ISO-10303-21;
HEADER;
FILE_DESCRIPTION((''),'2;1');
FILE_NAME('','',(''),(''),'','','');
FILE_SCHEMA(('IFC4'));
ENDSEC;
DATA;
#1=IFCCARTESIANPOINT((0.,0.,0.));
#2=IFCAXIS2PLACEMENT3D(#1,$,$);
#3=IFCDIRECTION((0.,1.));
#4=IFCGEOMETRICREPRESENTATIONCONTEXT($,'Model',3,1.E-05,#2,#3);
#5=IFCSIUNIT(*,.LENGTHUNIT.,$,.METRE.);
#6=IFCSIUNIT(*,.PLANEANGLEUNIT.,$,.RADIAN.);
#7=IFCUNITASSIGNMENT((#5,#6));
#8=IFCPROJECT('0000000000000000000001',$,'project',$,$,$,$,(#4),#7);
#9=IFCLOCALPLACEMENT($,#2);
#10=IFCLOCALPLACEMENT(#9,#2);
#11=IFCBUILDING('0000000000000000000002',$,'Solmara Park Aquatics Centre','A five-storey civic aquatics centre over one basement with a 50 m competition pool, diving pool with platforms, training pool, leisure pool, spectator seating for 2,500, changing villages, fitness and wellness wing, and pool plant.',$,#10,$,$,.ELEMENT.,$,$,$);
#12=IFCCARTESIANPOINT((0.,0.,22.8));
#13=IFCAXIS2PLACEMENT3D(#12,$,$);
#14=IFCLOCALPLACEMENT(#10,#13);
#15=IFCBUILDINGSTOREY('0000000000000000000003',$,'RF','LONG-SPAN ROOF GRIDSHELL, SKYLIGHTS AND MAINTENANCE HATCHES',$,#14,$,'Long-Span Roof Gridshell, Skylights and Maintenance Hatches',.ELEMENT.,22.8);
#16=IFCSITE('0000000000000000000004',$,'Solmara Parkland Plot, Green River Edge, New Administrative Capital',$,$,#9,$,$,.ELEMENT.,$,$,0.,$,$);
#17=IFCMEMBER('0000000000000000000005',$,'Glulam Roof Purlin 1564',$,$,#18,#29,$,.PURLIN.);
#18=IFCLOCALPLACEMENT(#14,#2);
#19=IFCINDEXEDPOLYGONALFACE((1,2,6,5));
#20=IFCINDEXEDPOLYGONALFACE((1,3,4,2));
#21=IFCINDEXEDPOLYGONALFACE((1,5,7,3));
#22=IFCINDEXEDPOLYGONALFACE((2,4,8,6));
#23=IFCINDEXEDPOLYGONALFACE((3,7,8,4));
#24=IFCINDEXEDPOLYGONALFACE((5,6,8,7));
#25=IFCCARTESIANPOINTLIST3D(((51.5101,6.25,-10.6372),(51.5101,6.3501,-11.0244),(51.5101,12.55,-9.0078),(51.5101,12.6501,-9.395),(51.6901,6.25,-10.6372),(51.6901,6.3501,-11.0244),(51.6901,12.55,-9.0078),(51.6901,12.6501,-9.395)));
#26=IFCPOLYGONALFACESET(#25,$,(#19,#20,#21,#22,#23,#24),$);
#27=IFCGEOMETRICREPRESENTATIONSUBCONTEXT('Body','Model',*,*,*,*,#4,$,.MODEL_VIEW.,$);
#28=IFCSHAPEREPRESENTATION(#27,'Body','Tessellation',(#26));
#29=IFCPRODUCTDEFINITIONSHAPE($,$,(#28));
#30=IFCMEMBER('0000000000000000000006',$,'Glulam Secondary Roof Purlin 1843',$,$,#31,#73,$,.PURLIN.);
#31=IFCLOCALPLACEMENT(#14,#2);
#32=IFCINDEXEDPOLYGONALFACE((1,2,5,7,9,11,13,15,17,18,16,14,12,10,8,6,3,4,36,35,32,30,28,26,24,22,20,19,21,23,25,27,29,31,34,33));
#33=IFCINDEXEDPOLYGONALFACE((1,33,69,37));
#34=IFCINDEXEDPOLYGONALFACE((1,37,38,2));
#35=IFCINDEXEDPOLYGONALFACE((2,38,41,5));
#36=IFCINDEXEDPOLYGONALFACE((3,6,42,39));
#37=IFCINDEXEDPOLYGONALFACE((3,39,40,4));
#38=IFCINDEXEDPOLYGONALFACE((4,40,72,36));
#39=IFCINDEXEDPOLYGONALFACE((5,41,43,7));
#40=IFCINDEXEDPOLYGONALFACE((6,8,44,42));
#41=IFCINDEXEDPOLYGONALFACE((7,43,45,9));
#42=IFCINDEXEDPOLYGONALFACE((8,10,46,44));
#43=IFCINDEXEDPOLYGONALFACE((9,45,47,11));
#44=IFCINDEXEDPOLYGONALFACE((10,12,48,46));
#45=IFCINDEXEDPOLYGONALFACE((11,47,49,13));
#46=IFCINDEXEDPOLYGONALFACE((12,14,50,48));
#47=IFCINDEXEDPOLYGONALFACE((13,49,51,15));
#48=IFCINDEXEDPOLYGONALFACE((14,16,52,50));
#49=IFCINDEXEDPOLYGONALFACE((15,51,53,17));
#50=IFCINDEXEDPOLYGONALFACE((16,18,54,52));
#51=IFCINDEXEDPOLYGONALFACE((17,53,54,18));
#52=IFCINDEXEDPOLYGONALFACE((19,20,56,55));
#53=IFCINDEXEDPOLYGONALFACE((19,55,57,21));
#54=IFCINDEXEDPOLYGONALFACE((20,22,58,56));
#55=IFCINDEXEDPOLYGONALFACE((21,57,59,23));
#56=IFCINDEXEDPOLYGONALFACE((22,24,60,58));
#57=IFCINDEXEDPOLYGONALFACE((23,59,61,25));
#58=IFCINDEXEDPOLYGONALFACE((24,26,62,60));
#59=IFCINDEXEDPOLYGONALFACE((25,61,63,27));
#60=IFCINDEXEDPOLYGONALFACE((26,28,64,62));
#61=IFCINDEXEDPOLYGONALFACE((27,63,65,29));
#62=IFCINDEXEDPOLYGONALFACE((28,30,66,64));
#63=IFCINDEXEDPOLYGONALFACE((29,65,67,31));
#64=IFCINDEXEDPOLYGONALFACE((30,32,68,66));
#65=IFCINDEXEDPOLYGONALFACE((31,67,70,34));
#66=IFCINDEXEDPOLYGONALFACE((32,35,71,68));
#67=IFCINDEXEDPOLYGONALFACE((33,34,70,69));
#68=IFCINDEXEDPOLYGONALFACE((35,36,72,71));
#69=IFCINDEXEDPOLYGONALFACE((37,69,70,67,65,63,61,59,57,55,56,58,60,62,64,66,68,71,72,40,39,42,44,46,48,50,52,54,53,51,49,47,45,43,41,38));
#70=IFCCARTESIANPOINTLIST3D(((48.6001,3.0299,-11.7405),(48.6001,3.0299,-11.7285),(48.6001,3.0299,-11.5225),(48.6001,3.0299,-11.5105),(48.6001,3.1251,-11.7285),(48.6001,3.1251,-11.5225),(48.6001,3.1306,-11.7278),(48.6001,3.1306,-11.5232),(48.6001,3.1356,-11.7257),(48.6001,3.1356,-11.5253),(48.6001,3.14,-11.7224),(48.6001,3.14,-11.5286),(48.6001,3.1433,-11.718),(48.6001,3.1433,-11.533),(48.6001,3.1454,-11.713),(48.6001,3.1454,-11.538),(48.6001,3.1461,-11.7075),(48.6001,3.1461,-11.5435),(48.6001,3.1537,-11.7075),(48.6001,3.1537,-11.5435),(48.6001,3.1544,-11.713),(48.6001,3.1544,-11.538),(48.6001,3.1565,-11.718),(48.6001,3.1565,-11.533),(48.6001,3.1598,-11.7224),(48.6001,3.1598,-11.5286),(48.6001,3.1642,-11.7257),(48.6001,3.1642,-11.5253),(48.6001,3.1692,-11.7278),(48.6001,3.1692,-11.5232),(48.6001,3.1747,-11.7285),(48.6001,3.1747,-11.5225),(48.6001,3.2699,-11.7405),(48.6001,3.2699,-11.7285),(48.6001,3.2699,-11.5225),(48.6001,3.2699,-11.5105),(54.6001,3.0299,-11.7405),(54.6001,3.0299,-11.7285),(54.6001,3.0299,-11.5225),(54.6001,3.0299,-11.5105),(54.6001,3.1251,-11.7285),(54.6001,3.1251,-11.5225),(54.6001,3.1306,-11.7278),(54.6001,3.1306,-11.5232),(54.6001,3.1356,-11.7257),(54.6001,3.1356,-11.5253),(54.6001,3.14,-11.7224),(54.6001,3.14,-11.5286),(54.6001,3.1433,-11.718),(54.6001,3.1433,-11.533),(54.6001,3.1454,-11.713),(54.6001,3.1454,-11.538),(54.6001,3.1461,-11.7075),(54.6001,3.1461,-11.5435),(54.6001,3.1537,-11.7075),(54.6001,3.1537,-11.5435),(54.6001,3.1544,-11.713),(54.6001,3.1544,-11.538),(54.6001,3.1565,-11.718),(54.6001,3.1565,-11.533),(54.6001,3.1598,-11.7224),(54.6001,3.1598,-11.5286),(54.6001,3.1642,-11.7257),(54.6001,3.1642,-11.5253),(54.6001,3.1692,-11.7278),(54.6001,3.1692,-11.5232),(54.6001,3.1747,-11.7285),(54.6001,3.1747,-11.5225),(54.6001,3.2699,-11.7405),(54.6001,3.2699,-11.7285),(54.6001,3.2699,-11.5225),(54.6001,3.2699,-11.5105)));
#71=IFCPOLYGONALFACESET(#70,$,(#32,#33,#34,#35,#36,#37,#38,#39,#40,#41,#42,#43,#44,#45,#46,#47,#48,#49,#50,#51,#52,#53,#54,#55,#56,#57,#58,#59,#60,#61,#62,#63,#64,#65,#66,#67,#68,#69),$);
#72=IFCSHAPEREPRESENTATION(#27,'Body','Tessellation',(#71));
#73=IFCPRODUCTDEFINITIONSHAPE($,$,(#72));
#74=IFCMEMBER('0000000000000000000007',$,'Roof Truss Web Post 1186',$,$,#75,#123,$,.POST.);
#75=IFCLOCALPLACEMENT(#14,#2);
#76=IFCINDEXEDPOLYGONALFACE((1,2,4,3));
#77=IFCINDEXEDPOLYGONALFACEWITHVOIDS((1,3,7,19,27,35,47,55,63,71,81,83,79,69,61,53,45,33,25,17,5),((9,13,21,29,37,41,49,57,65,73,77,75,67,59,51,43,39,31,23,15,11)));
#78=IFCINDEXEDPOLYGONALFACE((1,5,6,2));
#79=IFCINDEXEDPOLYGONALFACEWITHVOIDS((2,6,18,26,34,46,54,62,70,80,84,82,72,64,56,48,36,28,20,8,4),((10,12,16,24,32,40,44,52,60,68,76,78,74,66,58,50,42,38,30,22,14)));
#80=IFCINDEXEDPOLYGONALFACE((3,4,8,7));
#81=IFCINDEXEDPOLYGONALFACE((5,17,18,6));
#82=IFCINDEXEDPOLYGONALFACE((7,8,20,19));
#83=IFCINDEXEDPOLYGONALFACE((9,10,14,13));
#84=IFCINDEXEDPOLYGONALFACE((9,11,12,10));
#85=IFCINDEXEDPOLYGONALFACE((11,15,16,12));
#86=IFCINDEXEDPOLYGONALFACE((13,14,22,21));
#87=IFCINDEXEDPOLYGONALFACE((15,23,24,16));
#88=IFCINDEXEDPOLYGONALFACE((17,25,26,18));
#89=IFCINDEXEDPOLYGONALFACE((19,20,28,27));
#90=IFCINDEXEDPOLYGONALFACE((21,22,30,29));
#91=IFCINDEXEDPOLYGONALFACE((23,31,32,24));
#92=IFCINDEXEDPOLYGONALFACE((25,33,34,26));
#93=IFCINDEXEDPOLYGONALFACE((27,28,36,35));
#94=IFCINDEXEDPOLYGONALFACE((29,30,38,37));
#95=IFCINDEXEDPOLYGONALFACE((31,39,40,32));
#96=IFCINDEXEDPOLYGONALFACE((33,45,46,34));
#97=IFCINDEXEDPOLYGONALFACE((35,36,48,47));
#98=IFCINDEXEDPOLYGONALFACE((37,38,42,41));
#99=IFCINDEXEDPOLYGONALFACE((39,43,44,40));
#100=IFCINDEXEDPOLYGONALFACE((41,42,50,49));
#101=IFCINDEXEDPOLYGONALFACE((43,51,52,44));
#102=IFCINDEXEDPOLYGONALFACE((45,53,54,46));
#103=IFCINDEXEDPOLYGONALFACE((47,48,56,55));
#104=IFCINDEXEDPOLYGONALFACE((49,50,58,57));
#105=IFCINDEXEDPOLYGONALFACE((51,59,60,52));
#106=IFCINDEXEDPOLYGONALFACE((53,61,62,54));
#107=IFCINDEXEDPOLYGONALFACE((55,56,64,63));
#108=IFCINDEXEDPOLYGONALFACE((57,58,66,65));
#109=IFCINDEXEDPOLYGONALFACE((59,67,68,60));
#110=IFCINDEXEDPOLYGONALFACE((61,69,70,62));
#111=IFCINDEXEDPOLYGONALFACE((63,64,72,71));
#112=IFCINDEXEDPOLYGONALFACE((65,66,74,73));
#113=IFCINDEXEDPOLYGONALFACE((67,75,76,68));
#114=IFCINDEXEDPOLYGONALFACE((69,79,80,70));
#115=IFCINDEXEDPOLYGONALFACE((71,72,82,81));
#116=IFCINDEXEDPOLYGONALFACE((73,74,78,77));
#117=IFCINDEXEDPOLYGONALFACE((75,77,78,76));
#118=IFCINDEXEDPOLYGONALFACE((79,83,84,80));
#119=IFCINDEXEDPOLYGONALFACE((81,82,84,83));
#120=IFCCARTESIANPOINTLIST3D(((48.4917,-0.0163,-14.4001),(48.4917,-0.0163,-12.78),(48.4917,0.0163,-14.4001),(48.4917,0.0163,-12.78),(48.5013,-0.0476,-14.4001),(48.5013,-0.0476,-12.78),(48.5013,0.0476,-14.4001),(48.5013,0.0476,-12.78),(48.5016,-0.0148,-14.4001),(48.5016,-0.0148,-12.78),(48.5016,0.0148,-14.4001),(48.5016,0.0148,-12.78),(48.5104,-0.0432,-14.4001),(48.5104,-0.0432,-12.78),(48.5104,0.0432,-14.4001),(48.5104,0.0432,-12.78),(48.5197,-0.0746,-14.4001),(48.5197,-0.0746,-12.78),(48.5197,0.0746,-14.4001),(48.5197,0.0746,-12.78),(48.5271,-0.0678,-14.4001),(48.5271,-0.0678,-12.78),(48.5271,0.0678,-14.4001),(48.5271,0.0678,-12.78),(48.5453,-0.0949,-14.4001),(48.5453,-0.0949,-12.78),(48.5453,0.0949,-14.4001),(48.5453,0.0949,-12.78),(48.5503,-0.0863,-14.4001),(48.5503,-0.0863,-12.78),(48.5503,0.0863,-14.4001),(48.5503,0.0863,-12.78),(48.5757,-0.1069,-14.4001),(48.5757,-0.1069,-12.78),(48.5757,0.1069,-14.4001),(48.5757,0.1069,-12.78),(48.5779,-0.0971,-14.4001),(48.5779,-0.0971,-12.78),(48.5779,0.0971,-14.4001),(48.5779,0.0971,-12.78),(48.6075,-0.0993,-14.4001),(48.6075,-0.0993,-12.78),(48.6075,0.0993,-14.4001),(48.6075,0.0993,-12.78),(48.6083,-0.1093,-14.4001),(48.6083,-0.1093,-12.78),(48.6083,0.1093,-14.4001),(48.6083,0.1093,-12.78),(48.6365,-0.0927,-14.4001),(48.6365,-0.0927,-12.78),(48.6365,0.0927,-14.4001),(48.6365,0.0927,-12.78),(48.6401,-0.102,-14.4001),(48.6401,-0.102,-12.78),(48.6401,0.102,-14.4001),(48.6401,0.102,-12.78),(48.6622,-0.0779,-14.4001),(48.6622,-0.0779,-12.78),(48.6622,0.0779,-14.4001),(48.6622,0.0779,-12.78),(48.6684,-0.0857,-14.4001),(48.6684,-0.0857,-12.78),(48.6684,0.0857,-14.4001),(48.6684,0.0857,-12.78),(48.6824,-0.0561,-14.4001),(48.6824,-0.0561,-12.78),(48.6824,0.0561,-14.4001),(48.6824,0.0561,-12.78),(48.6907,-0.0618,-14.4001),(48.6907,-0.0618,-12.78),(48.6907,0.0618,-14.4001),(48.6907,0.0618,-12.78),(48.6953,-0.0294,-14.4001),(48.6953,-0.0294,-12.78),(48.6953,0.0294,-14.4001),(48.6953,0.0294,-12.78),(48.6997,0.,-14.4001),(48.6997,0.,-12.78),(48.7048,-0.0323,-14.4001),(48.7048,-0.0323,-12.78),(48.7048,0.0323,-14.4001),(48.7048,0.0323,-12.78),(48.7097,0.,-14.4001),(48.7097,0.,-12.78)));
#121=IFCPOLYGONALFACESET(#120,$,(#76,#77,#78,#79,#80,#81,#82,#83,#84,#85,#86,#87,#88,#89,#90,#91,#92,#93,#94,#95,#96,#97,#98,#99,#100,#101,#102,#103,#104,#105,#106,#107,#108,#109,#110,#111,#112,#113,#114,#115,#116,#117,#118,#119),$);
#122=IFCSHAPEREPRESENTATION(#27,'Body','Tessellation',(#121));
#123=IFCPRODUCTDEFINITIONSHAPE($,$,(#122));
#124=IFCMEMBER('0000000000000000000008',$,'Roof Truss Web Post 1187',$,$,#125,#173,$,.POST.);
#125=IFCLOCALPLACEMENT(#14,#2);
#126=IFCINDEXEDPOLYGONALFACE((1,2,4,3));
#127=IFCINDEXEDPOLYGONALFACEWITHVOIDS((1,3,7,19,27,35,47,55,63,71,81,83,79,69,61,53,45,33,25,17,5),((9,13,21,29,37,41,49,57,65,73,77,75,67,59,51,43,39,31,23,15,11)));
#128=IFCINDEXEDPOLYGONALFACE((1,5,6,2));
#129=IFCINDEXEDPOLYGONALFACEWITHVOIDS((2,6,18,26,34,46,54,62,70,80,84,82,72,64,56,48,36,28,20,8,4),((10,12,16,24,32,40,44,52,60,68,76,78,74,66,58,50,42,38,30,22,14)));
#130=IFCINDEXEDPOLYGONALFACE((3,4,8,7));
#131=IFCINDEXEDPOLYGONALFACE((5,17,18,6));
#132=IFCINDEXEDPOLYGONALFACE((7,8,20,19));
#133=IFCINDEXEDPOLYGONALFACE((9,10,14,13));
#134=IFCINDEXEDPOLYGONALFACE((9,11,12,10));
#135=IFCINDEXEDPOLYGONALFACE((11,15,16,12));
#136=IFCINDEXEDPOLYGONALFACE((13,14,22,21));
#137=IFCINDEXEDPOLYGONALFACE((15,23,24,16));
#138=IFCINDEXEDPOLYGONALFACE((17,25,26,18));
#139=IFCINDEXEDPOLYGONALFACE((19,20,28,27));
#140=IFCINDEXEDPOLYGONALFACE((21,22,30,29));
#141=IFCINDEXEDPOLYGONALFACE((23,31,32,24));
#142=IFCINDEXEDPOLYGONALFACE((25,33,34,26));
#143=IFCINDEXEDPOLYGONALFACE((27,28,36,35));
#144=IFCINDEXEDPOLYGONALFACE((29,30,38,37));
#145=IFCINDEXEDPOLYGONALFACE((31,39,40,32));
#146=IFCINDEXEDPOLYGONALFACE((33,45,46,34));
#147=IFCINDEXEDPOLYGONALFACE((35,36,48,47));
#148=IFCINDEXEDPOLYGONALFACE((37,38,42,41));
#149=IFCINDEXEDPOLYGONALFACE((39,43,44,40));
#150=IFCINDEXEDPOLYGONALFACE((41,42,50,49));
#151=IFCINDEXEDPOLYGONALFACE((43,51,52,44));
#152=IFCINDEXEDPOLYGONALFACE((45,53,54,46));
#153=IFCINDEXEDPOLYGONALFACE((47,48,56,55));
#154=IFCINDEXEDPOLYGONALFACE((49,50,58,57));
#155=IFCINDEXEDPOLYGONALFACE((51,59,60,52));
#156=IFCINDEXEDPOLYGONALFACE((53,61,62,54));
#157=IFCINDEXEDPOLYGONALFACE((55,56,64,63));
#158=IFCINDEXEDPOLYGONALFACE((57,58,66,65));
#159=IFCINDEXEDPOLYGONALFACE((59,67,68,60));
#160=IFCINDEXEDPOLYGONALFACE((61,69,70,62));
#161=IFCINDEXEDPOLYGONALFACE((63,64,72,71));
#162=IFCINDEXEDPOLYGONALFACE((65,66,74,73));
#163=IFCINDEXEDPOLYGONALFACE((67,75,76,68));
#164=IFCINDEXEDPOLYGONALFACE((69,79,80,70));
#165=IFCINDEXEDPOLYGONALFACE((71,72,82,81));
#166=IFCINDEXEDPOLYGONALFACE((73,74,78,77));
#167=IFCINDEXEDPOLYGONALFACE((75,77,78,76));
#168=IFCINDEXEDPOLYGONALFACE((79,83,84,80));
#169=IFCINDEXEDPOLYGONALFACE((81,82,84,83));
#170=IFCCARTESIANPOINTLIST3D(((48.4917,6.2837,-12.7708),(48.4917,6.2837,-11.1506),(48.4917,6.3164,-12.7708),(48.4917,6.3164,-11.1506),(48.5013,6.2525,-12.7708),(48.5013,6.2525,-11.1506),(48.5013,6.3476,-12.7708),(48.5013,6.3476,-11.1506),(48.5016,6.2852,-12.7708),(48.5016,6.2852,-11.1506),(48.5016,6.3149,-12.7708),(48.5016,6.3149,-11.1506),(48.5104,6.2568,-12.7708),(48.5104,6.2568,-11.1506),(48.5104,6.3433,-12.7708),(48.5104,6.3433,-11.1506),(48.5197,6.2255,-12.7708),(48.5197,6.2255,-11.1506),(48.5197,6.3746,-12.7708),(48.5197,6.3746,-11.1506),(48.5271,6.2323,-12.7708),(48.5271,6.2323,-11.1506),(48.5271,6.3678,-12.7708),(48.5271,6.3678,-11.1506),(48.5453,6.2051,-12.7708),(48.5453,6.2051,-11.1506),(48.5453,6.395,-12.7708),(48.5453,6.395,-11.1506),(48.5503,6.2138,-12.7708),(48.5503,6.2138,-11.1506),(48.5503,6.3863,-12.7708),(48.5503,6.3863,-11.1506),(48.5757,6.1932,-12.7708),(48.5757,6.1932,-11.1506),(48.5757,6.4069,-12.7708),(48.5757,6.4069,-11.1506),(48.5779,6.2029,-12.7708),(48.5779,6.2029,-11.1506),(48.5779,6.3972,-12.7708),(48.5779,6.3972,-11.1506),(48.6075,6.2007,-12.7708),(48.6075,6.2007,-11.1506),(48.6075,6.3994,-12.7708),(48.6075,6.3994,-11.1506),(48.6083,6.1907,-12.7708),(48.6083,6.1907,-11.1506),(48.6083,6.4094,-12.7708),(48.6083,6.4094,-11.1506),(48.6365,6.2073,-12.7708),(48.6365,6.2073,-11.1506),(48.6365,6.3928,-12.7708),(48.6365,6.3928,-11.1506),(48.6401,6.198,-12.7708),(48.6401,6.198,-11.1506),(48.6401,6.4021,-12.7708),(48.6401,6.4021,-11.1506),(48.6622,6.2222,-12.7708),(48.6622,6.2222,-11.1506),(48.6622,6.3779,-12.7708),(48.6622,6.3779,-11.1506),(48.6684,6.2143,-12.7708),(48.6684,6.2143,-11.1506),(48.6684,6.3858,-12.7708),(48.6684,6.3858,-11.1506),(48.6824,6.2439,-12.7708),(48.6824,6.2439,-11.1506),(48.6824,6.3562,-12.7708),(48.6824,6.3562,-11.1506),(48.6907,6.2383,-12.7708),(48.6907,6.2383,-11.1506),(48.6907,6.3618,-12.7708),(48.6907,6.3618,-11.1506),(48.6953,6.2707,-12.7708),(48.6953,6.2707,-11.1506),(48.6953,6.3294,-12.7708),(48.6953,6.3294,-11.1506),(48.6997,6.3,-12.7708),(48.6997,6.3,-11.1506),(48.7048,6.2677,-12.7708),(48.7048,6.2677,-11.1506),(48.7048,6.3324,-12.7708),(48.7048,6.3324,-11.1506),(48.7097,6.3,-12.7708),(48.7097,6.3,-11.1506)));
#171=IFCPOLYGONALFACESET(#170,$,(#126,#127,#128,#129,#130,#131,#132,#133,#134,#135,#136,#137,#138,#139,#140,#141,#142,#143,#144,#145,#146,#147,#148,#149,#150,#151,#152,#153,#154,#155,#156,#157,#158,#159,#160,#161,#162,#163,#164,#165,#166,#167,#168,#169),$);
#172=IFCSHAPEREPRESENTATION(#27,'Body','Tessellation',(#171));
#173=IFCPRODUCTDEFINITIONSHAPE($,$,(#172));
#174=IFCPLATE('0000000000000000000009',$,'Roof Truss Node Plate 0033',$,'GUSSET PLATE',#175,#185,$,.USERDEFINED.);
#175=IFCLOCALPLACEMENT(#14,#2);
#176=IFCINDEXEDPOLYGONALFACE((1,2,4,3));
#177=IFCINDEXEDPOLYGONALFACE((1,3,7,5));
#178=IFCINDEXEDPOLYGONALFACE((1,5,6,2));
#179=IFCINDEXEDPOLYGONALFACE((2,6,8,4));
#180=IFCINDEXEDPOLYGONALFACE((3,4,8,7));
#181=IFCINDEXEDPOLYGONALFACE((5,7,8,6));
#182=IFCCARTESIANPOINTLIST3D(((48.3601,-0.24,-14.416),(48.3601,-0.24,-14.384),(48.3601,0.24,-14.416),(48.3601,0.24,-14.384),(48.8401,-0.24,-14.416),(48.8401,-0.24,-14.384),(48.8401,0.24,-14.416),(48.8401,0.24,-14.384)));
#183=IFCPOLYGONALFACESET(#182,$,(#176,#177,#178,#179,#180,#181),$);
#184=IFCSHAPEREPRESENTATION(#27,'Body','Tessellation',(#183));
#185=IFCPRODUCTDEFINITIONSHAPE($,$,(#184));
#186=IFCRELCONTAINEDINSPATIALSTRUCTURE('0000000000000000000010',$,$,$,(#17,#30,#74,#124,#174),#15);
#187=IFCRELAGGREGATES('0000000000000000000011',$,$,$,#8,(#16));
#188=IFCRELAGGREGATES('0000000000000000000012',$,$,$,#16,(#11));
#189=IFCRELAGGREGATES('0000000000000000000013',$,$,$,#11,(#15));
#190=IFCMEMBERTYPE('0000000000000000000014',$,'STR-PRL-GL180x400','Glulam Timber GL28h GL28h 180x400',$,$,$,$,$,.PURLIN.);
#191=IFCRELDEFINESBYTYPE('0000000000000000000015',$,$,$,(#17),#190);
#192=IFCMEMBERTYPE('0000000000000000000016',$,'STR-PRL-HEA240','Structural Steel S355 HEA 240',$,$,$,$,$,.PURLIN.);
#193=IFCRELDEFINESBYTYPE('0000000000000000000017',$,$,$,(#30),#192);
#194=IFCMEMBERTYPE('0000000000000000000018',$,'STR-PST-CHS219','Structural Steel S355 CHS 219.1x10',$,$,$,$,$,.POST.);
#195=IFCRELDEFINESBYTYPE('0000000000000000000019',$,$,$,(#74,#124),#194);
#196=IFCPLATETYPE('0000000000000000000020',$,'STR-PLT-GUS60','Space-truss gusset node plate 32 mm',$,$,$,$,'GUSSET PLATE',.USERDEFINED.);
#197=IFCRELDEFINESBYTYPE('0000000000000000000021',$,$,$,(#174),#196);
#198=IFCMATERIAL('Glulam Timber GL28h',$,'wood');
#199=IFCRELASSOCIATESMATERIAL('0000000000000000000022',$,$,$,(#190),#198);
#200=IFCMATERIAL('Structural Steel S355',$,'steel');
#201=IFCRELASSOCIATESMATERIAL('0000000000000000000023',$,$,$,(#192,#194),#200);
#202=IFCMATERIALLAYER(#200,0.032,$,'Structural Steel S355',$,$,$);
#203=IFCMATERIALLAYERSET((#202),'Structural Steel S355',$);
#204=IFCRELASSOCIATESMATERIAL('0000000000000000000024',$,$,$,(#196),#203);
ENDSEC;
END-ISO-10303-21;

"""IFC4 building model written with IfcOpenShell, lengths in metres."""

from ifc_helpers import new_model, si_unit, direction, frame, origin, origin_2d, place, context, subcontext, project, spatial, rectangle, hollow_circle, i_section, extrude, material, layer, layer_set, material_profile, profile_set, type_object, element, save


model = new_model("IFC4")

# Units and contexts
model_context = context("Model", 3, precision=1e-05, world=origin(), true_north=direction((0.0, 1.0)))
body_context = subcontext(model_context, "Body", "Model", "MODEL_VIEW")
ifc_project = project(units=[si_unit("LENGTHUNIT", "METRE"), si_unit("PLANEANGLEUNIT", "RADIAN")], contexts=[model_context])

# Site, building, storey
site_placement = place(None, origin())
site = spatial("IfcSite", under=ifc_project, at=site_placement, Name="Solmara Parkland Plot, Green River Edge, New Administrative Capital", CompositionType="ELEMENT", RefElevation=0.0)
building_placement = place(site_placement, origin())
building = spatial("IfcBuilding", under=site, at=building_placement, Name="Solmara Park Aquatics Centre", Description="A five-storey civic aquatics centre over one basement with a 50 m competition pool, diving pool with platforms, training pool, leisure pool, spectator seating for 2,500, changing villages, fitness and wellness wing, and pool plant.", CompositionType="ELEMENT")
storey_placement = place(building_placement, frame((0.0, 0.0, 22.8)))
storey = spatial("IfcBuildingStorey", under=building, at=storey_placement, Name="RF", Description="LONG-SPAN ROOF GRIDSHELL, SKYLIGHTS AND MAINTENANCE HATCHES", LongName="Long-Span Roof Gridshell, Skylights and Maintenance Hatches", CompositionType="ELEMENT", Elevation=22.8)

# Members
ifc_material_1 = material(Name="Structural Steel S355", Category="steel")
ifc_material_2 = material(Name="Glulam Timber GL28h", Category="wood")
ifc_material_profile_1 = material_profile(ifc_material_2, rectangle(XDim=0.1799, YDim=0.3999, at=origin_2d()), Name="GL28h 180x400")
ifc_profile_set_1 = profile_set([ifc_material_profile_1], Name="Glulam Timber GL28h")
member_type_1 = type_object("IfcMemberType", Name="STR-PRL-GL180x400", Description="Glulam Timber GL28h GL28h 180x400", PredefinedType="PURLIN", material=ifc_profile_set_1)
for number, where, z_axis, x_axis, name in (
    (1, (51.6001, 6.3, -10.8308), (0.0, 0.968144, 0.250393), (-1.0, 0.0, 0.0), "Glulam Roof Purlin 1564"),
):
    element("IfcMember", number, at=place(storey_placement, frame(where, z_axis=z_axis, x_axis=x_axis)), inside=storey, type_object=member_type_1, Name=name, PredefinedType="PURLIN", context=body_context, shape_type="SweptSolid", body=[
        extrude(rectangle(XDim=0.1799, YDim=0.3999, at=origin_2d()), origin(), (0.0, 0.0, 1.0), 6.5073),
    ])
ifc_material_profile_2 = material_profile(ifc_material_1, i_section(OverallWidth=0.24, OverallDepth=0.23, WebThickness=0.0076, FlangeThickness=0.012, FilletRadius=0.021, at=origin_2d()), Name="HEA 240")
ifc_profile_set_2 = profile_set([ifc_material_profile_2], Name="Structural Steel S355")
member_type_2 = type_object("IfcMemberType", Name="STR-PRL-HEA240", Description="Structural Steel S355 HEA 240", PredefinedType="PURLIN", material=ifc_profile_set_2)
member_1_placement = place(storey_placement, frame((48.6001, 3.1499, -11.6255), z_axis=(1.0, 0.0, 0.0), x_axis=(0.0, 1.0, 0.0)))
element("IfcMember", 2, at=member_1_placement, inside=storey, type_object=member_type_2, Name="Glulam Secondary Roof Purlin 1843", PredefinedType="PURLIN", context=body_context, shape_type="SweptSolid", body=[
    extrude(i_section(OverallWidth=0.24, OverallDepth=0.23, WebThickness=0.0076, FlangeThickness=0.012, FilletRadius=0.021, at=origin_2d()), origin(), (0.0, 0.0, 1.0), 6.0),
])
ifc_material_profile_3 = material_profile(ifc_material_1, hollow_circle(Radius=0.1096, WallThickness=0.01, at=origin_2d()), Name="CHS 219.1x10")
ifc_profile_set_3 = profile_set([ifc_material_profile_3], Name="Structural Steel S355")
member_type_3 = type_object("IfcMemberType", Name="STR-PST-CHS219", Description="Structural Steel S355 CHS 219.1x10", PredefinedType="POST", material=ifc_profile_set_3)
for number, where, z_axis, x_axis, name in (
    (3, (48.6001, 0.0, -14.4001), (0.0, 0.0, 1.0), (1.0, 0.0, 0.0), "Roof Truss Web Post 1186"),
    (4, (48.6001, 6.3, -12.7708), (0.0, 0.0, 1.0), (1.0, 0.0, 0.0), "Roof Truss Web Post 1187"),
):
    element("IfcMember", number, at=place(storey_placement, frame(where, z_axis=z_axis, x_axis=x_axis)), inside=storey, type_object=member_type_3, Name=name, PredefinedType="POST", context=body_context, shape_type="SweptSolid", body=[
        extrude(hollow_circle(Radius=0.1096, WallThickness=0.01, at=origin_2d()), origin(), (0.0, 0.0, 1.0), 1.6201),
    ])

# Plate
ifc_layer = layer(ifc_material_1, 0.032, Name="Structural Steel S355")
ifc_layer_set = layer_set([ifc_layer], Name="Structural Steel S355")
plate_type = type_object("IfcPlateType", Name="STR-PLT-GUS60", Description="Space-truss gusset node plate 32 mm", ElementType="GUSSET PLATE", PredefinedType="USERDEFINED", material=ifc_layer_set)
plate_placement = place(storey_placement, frame((48.6001, 0.0, -14.416), z_axis=(0.0, 0.0, 1.0), x_axis=(1.0, 0.0, 0.0)))
element("IfcPlate", 5, at=plate_placement, inside=storey, type_object=plate_type, Name="Roof Truss Node Plate 0033", ObjectType="GUSSET PLATE", PredefinedType="USERDEFINED", context=body_context, shape_type="SweptSolid", body=[
    extrude(rectangle(XDim=0.48, YDim=0.48, at=origin_2d()), origin(), (0.0, 0.0, 1.0), 0.032),
])

save(model, "model.ifc")
